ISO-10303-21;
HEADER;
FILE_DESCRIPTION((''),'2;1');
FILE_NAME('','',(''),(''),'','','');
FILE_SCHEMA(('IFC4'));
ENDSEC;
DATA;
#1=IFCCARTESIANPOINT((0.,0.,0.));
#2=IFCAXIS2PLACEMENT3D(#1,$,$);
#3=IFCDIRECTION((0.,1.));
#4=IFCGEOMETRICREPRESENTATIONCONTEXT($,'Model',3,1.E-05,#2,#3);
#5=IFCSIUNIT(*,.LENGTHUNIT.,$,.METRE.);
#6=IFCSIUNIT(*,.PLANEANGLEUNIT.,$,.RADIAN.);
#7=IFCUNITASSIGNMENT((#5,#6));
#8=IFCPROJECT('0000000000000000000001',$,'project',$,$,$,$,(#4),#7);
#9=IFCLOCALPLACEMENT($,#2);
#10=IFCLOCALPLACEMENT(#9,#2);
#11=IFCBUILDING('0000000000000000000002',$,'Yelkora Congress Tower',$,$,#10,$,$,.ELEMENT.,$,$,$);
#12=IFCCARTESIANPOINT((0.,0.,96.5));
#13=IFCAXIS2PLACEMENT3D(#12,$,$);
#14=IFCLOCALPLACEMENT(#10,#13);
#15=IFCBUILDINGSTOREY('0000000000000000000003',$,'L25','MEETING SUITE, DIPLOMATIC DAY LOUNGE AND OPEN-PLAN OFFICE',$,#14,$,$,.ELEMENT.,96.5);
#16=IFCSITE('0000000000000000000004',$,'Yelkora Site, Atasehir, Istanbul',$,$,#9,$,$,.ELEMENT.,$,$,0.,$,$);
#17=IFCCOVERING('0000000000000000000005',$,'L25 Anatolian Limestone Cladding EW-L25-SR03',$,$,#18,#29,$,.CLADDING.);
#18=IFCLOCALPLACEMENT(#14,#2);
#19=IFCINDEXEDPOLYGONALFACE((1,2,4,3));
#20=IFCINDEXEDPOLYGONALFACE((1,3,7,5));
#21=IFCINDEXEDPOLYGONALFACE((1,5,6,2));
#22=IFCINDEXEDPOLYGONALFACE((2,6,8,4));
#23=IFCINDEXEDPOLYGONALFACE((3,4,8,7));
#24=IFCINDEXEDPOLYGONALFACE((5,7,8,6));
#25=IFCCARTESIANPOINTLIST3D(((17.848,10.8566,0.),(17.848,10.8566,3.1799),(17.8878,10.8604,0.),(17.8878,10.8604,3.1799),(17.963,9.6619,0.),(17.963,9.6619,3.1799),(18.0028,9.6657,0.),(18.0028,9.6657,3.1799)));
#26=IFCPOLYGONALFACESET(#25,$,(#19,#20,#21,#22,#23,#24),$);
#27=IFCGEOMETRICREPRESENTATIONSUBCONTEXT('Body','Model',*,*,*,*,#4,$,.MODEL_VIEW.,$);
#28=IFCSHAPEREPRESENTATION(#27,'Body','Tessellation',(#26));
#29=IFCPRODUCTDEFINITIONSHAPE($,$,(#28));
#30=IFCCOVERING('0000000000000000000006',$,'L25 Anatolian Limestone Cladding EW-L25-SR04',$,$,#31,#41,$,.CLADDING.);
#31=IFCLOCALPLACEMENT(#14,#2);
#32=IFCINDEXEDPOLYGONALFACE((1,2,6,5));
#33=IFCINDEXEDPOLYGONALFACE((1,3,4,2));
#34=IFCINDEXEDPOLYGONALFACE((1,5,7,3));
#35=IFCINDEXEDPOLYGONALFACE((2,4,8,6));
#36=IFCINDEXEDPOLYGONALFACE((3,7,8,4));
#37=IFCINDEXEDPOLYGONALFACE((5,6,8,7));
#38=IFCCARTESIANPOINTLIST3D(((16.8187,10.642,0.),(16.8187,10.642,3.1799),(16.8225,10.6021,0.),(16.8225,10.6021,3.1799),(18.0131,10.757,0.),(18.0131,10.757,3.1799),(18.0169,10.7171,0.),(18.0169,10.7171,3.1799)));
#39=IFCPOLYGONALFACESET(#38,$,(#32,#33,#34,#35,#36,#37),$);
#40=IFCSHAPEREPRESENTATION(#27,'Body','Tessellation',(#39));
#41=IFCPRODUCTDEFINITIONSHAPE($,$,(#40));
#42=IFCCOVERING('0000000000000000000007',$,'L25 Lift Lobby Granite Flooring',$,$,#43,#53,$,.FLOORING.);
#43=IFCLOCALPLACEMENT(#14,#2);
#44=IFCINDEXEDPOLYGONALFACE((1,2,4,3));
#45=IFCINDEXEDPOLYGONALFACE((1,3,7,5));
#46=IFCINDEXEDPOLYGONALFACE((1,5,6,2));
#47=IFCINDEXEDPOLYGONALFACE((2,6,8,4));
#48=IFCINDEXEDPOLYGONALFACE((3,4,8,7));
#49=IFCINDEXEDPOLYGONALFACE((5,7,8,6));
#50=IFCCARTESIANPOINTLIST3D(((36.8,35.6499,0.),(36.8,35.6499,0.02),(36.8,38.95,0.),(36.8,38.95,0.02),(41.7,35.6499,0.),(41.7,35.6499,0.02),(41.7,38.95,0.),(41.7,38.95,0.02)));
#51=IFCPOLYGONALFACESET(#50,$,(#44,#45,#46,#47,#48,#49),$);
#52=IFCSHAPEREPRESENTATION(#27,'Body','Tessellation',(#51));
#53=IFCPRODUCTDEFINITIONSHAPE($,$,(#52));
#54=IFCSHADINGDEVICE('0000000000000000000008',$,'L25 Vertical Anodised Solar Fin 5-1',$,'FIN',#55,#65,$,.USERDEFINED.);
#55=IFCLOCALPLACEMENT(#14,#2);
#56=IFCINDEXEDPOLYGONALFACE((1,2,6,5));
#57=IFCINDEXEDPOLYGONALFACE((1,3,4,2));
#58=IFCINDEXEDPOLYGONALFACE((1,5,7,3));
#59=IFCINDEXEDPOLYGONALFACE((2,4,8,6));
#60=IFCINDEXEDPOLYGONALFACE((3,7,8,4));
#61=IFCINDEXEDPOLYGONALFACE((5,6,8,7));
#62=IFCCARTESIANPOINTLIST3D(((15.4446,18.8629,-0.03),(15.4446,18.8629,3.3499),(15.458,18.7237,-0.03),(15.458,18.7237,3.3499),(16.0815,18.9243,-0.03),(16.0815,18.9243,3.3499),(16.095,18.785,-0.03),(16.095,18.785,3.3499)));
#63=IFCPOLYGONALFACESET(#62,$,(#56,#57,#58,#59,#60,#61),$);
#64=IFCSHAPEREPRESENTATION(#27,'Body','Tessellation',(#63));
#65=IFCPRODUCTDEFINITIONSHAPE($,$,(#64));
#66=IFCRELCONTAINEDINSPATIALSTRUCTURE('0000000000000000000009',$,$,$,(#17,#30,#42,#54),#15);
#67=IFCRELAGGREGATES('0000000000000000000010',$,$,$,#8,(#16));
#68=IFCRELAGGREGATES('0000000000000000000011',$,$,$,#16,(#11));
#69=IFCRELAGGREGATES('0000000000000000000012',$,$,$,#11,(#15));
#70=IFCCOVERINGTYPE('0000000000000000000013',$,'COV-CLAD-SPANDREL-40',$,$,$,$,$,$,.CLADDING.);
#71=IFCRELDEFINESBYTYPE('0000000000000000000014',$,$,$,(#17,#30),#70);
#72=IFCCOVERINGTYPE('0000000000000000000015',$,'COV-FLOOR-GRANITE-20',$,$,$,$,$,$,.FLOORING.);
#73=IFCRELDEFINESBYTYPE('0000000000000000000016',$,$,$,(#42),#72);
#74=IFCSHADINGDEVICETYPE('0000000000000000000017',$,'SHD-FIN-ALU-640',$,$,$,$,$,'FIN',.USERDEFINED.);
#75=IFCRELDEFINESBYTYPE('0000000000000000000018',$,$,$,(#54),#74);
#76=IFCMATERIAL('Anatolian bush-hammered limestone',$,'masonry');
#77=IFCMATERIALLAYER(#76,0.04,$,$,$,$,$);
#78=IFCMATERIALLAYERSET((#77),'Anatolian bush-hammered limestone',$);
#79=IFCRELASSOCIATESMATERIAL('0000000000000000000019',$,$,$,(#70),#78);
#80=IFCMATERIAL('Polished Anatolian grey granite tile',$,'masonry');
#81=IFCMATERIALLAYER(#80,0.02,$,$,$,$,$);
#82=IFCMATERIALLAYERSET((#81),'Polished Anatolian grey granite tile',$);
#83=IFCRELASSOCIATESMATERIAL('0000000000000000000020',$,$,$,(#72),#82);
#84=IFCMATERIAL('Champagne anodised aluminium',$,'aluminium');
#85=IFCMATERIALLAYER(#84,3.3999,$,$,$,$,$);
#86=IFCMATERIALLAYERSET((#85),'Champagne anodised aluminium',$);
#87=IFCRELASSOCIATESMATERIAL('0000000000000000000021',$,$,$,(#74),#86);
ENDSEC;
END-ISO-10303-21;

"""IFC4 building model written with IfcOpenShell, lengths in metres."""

from ifc_helpers import new_model, si_unit, direction, frame, frame_2d, origin, origin_2d, place, context, subcontext, project, spatial, polyline, rectangle, outline, extrude, material, layer, layer_set, type_object, element, save


model = new_model("IFC4")

# Units and contexts
model_context = context("Model", 3, precision=1e-05, world=origin(), true_north=direction((0.0, 1.0)))
body_context = subcontext(model_context, "Body", "Model", "MODEL_VIEW")
ifc_project = project(units=[si_unit("LENGTHUNIT", "METRE"), si_unit("PLANEANGLEUNIT", "RADIAN")], contexts=[model_context])

# Site, building, storey
site_placement = place(None, origin())
site = spatial("IfcSite", under=ifc_project, at=site_placement, Name="Yelkora Site, Atasehir, Istanbul", CompositionType="ELEMENT", RefElevation=0.0)
building_placement = place(site_placement, origin())
building = spatial("IfcBuilding", under=site, at=building_placement, Name="Yelkora Congress Tower", CompositionType="ELEMENT")
storey_placement = place(building_placement, frame((0.0, 0.0, 96.5)))
storey = spatial("IfcBuildingStorey", under=building, at=storey_placement, Name="L25", Description="MEETING SUITE, DIPLOMATIC DAY LOUNGE AND OPEN-PLAN OFFICE", CompositionType="ELEMENT", Elevation=96.5)

# Coverings
ifc_material_1 = material(Name="Anatolian bush-hammered limestone", Category="masonry")
ifc_layer_1 = layer(ifc_material_1, 0.04)
ifc_layer_set_1 = layer_set([ifc_layer_1], Name="Anatolian bush-hammered limestone")
covering_type_1 = type_object("IfcCoveringType", Name="COV-CLAD-SPANDREL-40", PredefinedType="CLADDING", material=ifc_layer_set_1)
for number, where, z_axis, x_axis, name in (
    (1, (17.9829, 9.6638, 0.0), (0.0, 0.0, 1.0), (-0.095817, 0.995399, 0.0), "L25 Anatolian Limestone Cladding EW-L25-SR03"),
):
    element("IfcCovering", number, at=place(storey_placement, frame(where, z_axis=z_axis, x_axis=x_axis)), inside=storey, type_object=covering_type_1, Name=name, PredefinedType="CLADDING", context=body_context, shape_type="SweptSolid", body=[
        extrude(rectangle(XDim=1.2002, YDim=0.04, at=frame_2d((0.6001, 0.0))), origin(), (0.0, 0.0, 1.0), 3.1799),
    ])
covering_1_placement = place(storey_placement, frame((18.0151, 10.7371, 0.0), z_axis=(0.0, 0.0, 1.0), x_axis=(-0.995397, -0.095836, 0.0)))
element("IfcCovering", 2, at=covering_1_placement, inside=storey, type_object=covering_type_1, Name="L25 Anatolian Limestone Cladding EW-L25-SR04", PredefinedType="CLADDING", context=body_context, shape_type="SweptSolid", body=[
    extrude(rectangle(XDim=1.2, YDim=0.04, at=frame_2d((0.6001, 0.0))), origin(), (0.0, 0.0, 1.0), 3.1799),
])
ifc_material_2 = material(Name="Polished Anatolian grey granite tile", Category="masonry")
ifc_layer_2 = layer(ifc_material_2, 0.02)
ifc_layer_set_2 = layer_set([ifc_layer_2], Name="Polished Anatolian grey granite tile")
covering_type_2 = type_object("IfcCoveringType", Name="COV-FLOOR-GRANITE-20", PredefinedType="FLOORING", material=ifc_layer_set_2)
covering_2_placement = place(storey_placement, origin())
element("IfcCovering", 3, at=covering_2_placement, inside=storey, type_object=covering_type_2, Name="L25 Lift Lobby Granite Flooring", PredefinedType="FLOORING", context=body_context, shape_type="SweptSolid", body=[
    extrude(outline(polyline([(36.8, 35.6499), (41.7, 35.6499), (41.7, 38.95), (36.8, 38.95), (36.8, 35.6499)])), origin(), (0.0, 0.0, 1.0), 0.02),
])

# Shading device
ifc_material_3 = material(Name="Champagne anodised aluminium", Category="aluminium")
ifc_layer_3 = layer(ifc_material_3, 3.3999)
ifc_layer_set_3 = layer_set([ifc_layer_3], Name="Champagne anodised aluminium")
shading_device_type = type_object("IfcShadingDeviceType", Name="SHD-FIN-ALU-640", ElementType="FIN", PredefinedType="USERDEFINED", material=ifc_layer_set_3)
shading_device_placement = place(storey_placement, frame((15.7698, 18.824, -0.03), z_axis=(0.0, 0.0, 1.0), x_axis=(-0.095846, 0.995396, 0.0)))
element("IfcShadingDevice", 4, at=shading_device_placement, inside=storey, type_object=shading_device_type, Name="L25 Vertical Anodised Solar Fin 5-1", ObjectType="FIN", PredefinedType="USERDEFINED", context=body_context, shape_type="SweptSolid", body=[
    extrude(rectangle(XDim=0.1399, YDim=0.6399, at=origin_2d()), origin(), (0.0, 0.0, 1.0), 3.3799),
])

save(model, "model.ifc")
